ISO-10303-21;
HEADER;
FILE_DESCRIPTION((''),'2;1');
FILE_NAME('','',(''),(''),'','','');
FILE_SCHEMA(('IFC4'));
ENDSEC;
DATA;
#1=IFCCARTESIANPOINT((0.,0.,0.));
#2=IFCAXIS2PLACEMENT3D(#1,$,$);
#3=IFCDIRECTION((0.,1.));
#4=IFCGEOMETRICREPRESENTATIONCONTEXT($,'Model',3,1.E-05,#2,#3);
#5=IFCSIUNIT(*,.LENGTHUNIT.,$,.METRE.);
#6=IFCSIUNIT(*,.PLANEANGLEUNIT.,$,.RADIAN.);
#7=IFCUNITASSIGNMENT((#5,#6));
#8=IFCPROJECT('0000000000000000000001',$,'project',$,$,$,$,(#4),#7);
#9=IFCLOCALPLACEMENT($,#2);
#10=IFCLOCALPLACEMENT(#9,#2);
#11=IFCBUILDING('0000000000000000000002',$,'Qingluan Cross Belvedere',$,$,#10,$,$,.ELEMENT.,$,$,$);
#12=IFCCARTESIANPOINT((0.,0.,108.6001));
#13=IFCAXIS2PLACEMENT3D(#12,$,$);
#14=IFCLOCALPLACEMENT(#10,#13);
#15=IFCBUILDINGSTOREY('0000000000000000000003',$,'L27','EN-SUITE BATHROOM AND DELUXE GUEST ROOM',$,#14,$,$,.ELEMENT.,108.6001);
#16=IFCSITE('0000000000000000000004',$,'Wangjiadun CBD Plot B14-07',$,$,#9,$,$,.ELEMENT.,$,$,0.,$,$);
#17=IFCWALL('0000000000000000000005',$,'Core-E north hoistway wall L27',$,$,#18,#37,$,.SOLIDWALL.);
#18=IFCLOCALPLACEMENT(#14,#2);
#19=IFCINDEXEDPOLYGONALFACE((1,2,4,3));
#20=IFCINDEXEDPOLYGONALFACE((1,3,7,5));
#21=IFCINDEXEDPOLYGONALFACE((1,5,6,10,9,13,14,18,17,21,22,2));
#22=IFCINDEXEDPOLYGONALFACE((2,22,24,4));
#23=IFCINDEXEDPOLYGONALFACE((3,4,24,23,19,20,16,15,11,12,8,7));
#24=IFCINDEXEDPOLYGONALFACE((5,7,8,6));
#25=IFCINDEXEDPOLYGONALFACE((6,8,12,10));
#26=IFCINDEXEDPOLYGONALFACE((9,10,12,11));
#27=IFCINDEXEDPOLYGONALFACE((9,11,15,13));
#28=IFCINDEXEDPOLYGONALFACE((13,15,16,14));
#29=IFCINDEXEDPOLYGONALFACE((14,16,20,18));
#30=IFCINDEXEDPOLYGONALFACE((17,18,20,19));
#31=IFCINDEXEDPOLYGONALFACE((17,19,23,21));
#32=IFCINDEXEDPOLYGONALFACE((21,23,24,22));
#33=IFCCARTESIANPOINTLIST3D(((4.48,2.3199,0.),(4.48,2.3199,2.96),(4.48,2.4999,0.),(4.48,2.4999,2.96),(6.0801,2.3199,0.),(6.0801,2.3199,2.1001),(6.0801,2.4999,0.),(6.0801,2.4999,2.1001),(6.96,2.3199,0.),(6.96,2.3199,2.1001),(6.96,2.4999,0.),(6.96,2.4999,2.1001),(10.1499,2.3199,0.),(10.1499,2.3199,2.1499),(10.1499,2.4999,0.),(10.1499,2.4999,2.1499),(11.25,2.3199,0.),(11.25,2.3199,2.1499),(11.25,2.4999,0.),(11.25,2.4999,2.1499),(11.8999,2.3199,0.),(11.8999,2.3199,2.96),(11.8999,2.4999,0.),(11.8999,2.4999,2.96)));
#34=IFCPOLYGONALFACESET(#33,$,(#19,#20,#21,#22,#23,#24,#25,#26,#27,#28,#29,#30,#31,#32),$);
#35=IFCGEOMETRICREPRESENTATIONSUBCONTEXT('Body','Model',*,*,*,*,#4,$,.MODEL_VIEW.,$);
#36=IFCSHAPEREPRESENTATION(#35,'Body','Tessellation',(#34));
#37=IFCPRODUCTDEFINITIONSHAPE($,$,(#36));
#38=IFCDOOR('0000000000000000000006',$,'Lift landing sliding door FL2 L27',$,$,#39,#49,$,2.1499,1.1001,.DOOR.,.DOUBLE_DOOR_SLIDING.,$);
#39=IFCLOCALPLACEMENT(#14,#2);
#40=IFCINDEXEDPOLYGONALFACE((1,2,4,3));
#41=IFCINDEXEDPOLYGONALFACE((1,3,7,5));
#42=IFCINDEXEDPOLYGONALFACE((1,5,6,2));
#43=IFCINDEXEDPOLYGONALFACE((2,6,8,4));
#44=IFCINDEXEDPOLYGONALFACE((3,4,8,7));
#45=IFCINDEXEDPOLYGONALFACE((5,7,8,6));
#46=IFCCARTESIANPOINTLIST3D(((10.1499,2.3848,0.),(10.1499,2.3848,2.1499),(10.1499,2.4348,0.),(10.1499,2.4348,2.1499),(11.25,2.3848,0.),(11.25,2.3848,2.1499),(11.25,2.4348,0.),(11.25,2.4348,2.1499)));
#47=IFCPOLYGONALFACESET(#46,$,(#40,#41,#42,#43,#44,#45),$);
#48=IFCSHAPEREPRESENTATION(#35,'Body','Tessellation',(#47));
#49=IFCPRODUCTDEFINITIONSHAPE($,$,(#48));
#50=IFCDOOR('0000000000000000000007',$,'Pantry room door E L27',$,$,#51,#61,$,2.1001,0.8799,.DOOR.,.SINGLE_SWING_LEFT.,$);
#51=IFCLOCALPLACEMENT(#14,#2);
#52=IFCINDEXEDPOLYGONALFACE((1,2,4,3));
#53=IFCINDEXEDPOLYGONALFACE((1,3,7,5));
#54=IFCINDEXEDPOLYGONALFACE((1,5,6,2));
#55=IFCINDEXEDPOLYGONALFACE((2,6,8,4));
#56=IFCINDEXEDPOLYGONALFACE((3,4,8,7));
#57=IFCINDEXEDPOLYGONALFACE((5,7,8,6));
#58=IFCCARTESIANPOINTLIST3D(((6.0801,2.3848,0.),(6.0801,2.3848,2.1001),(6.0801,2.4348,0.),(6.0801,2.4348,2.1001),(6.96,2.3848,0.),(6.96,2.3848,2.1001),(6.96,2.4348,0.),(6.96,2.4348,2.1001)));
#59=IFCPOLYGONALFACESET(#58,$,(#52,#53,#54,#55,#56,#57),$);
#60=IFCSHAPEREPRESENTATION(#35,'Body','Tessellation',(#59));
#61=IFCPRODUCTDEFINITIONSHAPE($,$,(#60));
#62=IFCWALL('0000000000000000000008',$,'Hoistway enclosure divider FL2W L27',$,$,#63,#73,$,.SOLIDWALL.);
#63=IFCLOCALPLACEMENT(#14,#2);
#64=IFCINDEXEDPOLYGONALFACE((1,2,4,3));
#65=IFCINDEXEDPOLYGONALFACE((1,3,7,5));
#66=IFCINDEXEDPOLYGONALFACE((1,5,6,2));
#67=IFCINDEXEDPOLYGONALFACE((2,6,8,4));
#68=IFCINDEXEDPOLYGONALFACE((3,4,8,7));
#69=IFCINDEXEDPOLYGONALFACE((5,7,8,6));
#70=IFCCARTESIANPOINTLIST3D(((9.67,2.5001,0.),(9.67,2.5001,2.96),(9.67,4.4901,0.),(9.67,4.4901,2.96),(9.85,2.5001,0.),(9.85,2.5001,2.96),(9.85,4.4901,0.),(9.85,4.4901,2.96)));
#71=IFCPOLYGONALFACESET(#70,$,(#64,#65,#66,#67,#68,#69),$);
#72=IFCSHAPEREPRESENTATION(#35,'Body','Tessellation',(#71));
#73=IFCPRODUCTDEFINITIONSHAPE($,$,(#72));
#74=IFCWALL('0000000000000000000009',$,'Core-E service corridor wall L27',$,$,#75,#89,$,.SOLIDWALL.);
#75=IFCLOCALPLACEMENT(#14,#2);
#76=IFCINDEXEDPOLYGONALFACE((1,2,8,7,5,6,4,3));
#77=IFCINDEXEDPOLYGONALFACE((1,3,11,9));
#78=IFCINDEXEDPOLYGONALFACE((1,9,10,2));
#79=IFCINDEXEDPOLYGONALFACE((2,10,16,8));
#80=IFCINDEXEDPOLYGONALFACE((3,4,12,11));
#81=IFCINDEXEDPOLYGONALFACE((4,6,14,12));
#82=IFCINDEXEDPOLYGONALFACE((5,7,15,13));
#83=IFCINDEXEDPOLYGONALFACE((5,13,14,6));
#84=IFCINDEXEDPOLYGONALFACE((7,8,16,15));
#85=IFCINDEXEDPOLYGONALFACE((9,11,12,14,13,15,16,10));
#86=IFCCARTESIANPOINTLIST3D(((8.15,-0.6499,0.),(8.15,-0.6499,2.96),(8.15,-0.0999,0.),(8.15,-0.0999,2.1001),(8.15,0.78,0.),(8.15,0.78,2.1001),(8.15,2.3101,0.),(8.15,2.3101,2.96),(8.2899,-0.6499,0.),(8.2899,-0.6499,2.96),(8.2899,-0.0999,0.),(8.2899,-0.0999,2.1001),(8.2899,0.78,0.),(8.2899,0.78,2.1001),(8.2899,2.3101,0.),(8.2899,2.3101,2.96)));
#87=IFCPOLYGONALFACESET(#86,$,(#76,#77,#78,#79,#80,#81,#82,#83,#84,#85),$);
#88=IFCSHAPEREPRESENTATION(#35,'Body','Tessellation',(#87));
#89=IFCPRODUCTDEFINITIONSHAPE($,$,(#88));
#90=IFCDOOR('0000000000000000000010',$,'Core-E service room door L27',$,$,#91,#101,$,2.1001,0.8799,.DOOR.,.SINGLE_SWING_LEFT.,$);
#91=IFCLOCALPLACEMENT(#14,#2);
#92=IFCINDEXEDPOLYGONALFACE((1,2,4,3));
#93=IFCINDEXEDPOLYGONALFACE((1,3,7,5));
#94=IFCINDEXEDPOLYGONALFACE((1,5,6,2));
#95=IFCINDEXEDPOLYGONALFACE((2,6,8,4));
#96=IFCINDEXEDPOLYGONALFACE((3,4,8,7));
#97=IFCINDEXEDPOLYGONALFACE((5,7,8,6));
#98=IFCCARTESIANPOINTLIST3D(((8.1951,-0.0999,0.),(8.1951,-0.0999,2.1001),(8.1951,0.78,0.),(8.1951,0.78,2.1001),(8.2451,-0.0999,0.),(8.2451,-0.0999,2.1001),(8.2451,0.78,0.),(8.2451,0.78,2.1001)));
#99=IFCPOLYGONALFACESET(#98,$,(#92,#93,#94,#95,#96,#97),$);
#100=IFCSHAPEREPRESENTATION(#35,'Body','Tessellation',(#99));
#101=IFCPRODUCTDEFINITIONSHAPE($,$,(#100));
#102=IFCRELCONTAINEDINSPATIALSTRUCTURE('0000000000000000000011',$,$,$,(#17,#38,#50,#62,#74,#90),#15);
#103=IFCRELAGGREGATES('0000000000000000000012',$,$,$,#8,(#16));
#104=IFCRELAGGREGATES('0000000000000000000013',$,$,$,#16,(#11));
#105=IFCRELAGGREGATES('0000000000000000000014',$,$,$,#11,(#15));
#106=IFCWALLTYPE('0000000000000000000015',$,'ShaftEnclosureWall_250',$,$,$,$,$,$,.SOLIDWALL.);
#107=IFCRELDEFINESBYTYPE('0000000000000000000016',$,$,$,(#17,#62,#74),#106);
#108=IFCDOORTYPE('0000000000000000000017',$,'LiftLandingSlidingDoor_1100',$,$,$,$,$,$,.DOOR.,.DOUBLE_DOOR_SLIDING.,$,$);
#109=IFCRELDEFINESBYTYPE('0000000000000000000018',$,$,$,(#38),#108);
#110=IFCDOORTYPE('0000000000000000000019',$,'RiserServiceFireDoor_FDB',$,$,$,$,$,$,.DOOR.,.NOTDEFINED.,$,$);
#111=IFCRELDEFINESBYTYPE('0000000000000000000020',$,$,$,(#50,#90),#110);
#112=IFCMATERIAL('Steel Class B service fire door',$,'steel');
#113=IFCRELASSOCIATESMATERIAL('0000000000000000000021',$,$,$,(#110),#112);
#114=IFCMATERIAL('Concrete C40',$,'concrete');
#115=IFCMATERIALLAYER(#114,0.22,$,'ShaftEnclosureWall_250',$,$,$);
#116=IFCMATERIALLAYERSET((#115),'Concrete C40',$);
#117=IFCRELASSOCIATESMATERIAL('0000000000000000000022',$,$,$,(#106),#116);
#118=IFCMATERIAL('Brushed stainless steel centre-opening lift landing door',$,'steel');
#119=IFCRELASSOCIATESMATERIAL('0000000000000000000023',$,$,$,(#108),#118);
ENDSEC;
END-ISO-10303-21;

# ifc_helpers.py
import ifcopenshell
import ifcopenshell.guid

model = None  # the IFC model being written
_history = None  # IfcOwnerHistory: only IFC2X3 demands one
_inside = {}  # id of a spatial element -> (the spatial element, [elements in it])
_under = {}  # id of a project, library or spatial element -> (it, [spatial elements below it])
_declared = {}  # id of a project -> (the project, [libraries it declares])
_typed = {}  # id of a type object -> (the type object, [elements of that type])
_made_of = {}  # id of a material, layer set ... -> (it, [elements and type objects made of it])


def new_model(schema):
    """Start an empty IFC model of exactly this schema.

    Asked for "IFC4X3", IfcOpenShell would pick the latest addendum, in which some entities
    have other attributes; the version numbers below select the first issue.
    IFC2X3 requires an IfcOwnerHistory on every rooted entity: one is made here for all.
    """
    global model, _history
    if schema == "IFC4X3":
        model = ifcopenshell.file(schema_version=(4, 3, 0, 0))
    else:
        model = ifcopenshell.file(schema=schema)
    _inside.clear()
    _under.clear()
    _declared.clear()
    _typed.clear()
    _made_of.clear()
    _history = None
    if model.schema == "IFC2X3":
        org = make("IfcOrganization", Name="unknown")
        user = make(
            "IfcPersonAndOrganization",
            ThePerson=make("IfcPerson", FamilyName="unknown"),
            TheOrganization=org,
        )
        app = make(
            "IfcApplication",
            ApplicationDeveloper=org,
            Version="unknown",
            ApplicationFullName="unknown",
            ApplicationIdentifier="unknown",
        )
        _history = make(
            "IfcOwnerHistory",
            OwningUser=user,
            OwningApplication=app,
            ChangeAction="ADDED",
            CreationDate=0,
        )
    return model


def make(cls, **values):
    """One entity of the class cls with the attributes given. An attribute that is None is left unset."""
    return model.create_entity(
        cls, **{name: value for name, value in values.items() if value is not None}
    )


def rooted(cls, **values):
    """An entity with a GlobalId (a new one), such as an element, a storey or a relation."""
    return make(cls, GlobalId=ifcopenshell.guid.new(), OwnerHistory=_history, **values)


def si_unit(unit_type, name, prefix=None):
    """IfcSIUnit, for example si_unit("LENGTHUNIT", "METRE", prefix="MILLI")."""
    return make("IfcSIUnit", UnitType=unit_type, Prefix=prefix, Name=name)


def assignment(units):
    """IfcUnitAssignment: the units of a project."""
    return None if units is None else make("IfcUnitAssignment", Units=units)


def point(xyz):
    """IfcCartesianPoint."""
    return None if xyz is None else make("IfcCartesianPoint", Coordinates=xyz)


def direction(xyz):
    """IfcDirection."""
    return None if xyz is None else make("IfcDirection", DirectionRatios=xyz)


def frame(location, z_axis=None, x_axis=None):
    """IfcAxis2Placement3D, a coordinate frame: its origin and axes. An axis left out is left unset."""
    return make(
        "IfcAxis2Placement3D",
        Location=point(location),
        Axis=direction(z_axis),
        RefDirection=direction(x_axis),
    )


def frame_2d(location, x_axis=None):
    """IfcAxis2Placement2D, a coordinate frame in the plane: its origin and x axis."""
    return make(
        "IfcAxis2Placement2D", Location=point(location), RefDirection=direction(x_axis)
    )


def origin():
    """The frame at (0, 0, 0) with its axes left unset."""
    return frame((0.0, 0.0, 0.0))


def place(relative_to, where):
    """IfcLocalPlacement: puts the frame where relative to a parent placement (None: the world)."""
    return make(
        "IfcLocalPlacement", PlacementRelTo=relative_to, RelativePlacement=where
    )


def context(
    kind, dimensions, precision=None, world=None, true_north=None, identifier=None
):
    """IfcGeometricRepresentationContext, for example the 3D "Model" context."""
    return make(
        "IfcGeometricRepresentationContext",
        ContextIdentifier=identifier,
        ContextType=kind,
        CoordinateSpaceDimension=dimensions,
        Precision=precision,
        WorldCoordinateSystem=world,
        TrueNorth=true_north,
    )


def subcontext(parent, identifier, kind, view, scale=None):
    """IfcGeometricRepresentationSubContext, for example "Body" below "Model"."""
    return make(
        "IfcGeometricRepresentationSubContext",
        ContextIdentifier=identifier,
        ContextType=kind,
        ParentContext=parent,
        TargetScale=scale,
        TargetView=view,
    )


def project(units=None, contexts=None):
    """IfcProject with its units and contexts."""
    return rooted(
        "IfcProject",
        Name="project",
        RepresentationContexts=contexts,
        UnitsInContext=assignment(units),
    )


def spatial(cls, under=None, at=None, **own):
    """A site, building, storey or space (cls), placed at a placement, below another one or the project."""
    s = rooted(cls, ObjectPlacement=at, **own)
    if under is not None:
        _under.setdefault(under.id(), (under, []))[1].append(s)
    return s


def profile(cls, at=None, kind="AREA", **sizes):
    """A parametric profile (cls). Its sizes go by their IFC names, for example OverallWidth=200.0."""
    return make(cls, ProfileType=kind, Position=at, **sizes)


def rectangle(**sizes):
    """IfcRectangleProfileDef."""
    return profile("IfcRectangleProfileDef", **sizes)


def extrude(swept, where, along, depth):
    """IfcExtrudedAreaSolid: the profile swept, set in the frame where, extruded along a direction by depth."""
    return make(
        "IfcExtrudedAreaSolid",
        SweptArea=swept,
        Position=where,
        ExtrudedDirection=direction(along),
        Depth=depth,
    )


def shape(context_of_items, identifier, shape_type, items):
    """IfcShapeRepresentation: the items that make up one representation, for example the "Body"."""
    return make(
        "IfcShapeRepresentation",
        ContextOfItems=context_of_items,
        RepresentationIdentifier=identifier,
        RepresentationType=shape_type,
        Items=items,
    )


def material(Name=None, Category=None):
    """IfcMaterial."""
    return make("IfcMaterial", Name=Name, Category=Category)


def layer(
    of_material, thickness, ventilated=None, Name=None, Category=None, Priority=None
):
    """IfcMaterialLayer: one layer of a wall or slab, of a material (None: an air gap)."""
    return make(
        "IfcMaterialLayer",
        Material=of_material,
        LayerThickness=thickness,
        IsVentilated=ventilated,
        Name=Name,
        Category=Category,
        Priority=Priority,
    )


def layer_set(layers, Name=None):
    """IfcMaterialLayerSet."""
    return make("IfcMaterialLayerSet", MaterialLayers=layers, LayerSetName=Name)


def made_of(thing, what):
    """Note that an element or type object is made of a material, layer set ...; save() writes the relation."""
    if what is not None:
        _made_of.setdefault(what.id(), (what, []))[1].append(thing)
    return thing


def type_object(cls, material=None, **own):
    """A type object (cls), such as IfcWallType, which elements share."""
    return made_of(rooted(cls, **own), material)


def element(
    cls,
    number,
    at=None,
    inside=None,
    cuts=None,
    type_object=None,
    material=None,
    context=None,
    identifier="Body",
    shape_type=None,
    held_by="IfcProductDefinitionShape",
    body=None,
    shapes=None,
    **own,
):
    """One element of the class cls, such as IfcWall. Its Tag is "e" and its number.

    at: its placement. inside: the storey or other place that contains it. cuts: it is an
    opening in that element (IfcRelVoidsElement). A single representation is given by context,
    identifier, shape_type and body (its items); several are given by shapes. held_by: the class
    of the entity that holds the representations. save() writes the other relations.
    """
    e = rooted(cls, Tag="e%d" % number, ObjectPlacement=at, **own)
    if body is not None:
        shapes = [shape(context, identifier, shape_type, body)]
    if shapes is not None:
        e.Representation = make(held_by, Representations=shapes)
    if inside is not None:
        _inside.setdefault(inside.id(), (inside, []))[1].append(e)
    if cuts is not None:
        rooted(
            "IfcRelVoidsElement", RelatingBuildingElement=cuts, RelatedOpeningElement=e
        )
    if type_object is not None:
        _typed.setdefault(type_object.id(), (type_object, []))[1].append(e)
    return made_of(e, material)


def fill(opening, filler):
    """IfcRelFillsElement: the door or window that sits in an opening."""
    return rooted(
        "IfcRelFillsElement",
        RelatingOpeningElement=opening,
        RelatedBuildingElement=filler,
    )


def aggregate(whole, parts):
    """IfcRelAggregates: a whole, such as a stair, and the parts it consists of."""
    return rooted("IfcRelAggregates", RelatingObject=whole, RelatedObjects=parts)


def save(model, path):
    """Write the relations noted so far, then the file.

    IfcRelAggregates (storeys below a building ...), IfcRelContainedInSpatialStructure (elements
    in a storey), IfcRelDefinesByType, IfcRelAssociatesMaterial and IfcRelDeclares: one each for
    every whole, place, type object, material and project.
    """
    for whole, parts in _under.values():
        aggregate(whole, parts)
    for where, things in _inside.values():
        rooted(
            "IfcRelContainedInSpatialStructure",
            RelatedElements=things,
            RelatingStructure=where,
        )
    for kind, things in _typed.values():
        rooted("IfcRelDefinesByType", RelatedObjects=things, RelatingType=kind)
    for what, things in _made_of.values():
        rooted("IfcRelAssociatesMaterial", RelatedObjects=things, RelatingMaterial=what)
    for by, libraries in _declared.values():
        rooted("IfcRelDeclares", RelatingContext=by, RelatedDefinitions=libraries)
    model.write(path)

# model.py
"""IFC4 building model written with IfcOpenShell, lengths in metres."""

from ifc_helpers import new_model, si_unit, direction, frame, frame_2d, origin, place, context, subcontext, project, spatial, rectangle, extrude, material, layer, layer_set, type_object, element, fill, save


model = new_model("IFC4")

# Units and contexts
model_context = context("Model", 3, precision=1e-05, world=origin(), true_north=direction((0.0, 1.0)))
body_context = subcontext(model_context, "Body", "Model", "MODEL_VIEW")
ifc_project = project(units=[si_unit("LENGTHUNIT", "METRE"), si_unit("PLANEANGLEUNIT", "RADIAN")], contexts=[model_context])

# Site, building, storey
site_placement = place(None, origin())
site = spatial("IfcSite", under=ifc_project, at=site_placement, Name="Wangjiadun CBD Plot B14-07", CompositionType="ELEMENT", RefElevation=0.0)
building_placement = place(site_placement, origin())
building = spatial("IfcBuilding", under=site, at=building_placement, Name="Qingluan Cross Belvedere", CompositionType="ELEMENT")
storey_placement = place(building_placement, frame((0.0, 0.0, 108.6001)))
storey = spatial("IfcBuildingStorey", under=building, at=storey_placement, Name="L27", Description="EN-SUITE BATHROOM AND DELUXE GUEST ROOM", CompositionType="ELEMENT", Elevation=108.6001)

# Shared definitions
ifc_material_1 = material(Name="Steel Class B service fire door", Category="steel")
door_type_1 = type_object("IfcDoorType", Name="RiserServiceFireDoor_FDB", OperationType="NOTDEFINED", PredefinedType="DOOR", material=ifc_material_1)

# Wall, openings, doors
ifc_material_2 = material(Name="Concrete C40", Category="concrete")
ifc_layer_1 = layer(ifc_material_2, 0.22, Name="ShaftEnclosureWall_250")
ifc_layer_set_1 = layer_set([ifc_layer_1], Name="Concrete C40")
wall_type_1 = type_object("IfcWallType", Name="ShaftEnclosureWall_250", PredefinedType="SOLIDWALL", material=ifc_layer_set_1)
wall_1_placement = place(storey_placement, frame((4.48, 2.4099, 0.0), z_axis=(0.0, 0.0, 1.0), x_axis=(1.0, 0.0, 0.0)))
wall_1 = element("IfcWall", 1, at=wall_1_placement, inside=storey, type_object=wall_type_1, Name="Core-E north hoistway wall L27", PredefinedType="SOLIDWALL", context=body_context, shape_type="SweptSolid", body=[
    extrude(rectangle(XDim=7.4199, YDim=0.1799, at=frame_2d((3.71, 0.0))), origin(), (0.0, 0.0, 1.0), 2.96),
])
opening_1_placement = place(wall_1_placement, frame((5.6699, 0.0, 0.0)))
opening_1 = element("IfcOpeningElement", 2, at=opening_1_placement, cuts=wall_1, PredefinedType="OPENING", context=body_context, shape_type="SweptSolid", body=[
    extrude(rectangle(XDim=1.1001, YDim=2.1499, at=frame_2d((0.55, 1.075))), frame((0.0, 0.0999, 0.0), z_axis=(0.0, -1.0, 0.0), x_axis=(1.0, 0.0, 0.0)), (0.0, 0.0, 1.0), 0.2),
])
opening_2_placement = place(wall_1_placement, frame((1.6001, 0.0, 0.0)))
opening_2 = element("IfcOpeningElement", 3, at=opening_2_placement, cuts=wall_1, PredefinedType="OPENING", context=body_context, shape_type="SweptSolid", body=[
    extrude(rectangle(XDim=0.8799, YDim=2.1001, at=frame_2d((0.4399, 1.05))), frame((0.0, 0.0999, 0.0), z_axis=(0.0, -1.0, 0.0), x_axis=(1.0, 0.0, 0.0)), (0.0, 0.0, 1.0), 0.2),
])
ifc_material_3 = material(Name="Brushed stainless steel centre-opening lift landing door", Category="steel")
door_type_2 = type_object("IfcDoorType", Name="LiftLandingSlidingDoor_1100", OperationType="DOUBLE_DOOR_SLIDING", PredefinedType="DOOR", material=ifc_material_3)
door_1_placement = place(opening_1_placement, origin())
door_1 = element("IfcDoor", 4, at=door_1_placement, inside=storey, type_object=door_type_2, Name="Lift landing sliding door FL2 L27", OperationType="DOUBLE_DOOR_SLIDING", OverallHeight=2.1499, OverallWidth=1.1001, PredefinedType="DOOR", context=body_context, shape_type="SweptSolid", body=[
    extrude(rectangle(XDim=1.1001, YDim=2.1499, at=frame_2d((0.55, 1.075))), frame((0.0, 0.0249, 0.0), z_axis=(0.0, -1.0, 0.0), x_axis=(1.0, 0.0, 0.0)), (0.0, 0.0, 1.0), 0.05),
])
fill(opening_1, door_1)
door_2_placement = place(opening_2_placement, origin())
door_2 = element("IfcDoor", 5, at=door_2_placement, inside=storey, type_object=door_type_1, Name="Pantry room door E L27", OperationType="SINGLE_SWING_LEFT", OverallHeight=2.1001, OverallWidth=0.8799, PredefinedType="DOOR", context=body_context, shape_type="SweptSolid", body=[
    extrude(rectangle(XDim=0.8799, YDim=2.1001, at=frame_2d((0.4399, 1.05))), frame((0.0, 0.0249, 0.0), z_axis=(0.0, -1.0, 0.0), x_axis=(1.0, 0.0, 0.0)), (0.0, 0.0, 1.0), 0.05),
])
fill(opening_2, door_2)

# Wall
wall_2_placement = place(storey_placement, frame((9.76, 2.5, 0.0), z_axis=(0.0, 0.0, 1.0), x_axis=(0.0, 1.0, 0.0)))
element("IfcWall", 6, at=wall_2_placement, inside=storey, type_object=wall_type_1, Name="Hoistway enclosure divider FL2W L27", PredefinedType="SOLIDWALL", context=body_context, shape_type="SweptSolid", body=[
    extrude(rectangle(XDim=1.99, YDim=0.1799, at=frame_2d((0.9951, 0.0))), origin(), (0.0, 0.0, 1.0), 2.96),
])

# Wall, opening, door
wall_3_placement = place(storey_placement, frame((8.22, -0.6499, 0.0), z_axis=(0.0, 0.0, 1.0), x_axis=(0.0, 1.0, 0.0)))
wall_3 = element("IfcWall", 7, at=wall_3_placement, inside=storey, type_object=wall_type_1, Name="Core-E service corridor wall L27", PredefinedType="SOLIDWALL", context=body_context, shape_type="SweptSolid", body=[
    extrude(rectangle(XDim=2.96, YDim=0.1399, at=frame_2d((1.48, 0.0))), origin(), (0.0, 0.0, 1.0), 2.96),
])
opening_3_placement = place(wall_3_placement, frame((0.55, 0.0, 0.0)))
opening_3 = element("IfcOpeningElement", 8, at=opening_3_placement, cuts=wall_3, PredefinedType="OPENING", context=body_context, shape_type="SweptSolid", body=[
    extrude(rectangle(XDim=0.8799, YDim=2.1001, at=frame_2d((0.4399, 1.05))), frame((0.0, 0.0798, 0.0), z_axis=(0.0, -1.0, 0.0), x_axis=(1.0, 0.0, 0.0)), (0.0, 0.0, 1.0), 0.1599),
])
door_3_placement = place(opening_3_placement, origin())
door_3 = element("IfcDoor", 9, at=door_3_placement, inside=storey, type_object=door_type_1, Name="Core-E service room door L27", OperationType="SINGLE_SWING_LEFT", OverallHeight=2.1001, OverallWidth=0.8799, PredefinedType="DOOR", context=body_context, shape_type="SweptSolid", body=[
    extrude(rectangle(XDim=0.8799, YDim=2.1001, at=frame_2d((0.4399, 1.05))), frame((0.0, 0.0249, 0.0), z_axis=(0.0, -1.0, 0.0), x_axis=(1.0, 0.0, 0.0)), (0.0, 0.0, 1.0), 0.05),
])
fill(opening_3, door_3)

save(model, "model.ifc")
